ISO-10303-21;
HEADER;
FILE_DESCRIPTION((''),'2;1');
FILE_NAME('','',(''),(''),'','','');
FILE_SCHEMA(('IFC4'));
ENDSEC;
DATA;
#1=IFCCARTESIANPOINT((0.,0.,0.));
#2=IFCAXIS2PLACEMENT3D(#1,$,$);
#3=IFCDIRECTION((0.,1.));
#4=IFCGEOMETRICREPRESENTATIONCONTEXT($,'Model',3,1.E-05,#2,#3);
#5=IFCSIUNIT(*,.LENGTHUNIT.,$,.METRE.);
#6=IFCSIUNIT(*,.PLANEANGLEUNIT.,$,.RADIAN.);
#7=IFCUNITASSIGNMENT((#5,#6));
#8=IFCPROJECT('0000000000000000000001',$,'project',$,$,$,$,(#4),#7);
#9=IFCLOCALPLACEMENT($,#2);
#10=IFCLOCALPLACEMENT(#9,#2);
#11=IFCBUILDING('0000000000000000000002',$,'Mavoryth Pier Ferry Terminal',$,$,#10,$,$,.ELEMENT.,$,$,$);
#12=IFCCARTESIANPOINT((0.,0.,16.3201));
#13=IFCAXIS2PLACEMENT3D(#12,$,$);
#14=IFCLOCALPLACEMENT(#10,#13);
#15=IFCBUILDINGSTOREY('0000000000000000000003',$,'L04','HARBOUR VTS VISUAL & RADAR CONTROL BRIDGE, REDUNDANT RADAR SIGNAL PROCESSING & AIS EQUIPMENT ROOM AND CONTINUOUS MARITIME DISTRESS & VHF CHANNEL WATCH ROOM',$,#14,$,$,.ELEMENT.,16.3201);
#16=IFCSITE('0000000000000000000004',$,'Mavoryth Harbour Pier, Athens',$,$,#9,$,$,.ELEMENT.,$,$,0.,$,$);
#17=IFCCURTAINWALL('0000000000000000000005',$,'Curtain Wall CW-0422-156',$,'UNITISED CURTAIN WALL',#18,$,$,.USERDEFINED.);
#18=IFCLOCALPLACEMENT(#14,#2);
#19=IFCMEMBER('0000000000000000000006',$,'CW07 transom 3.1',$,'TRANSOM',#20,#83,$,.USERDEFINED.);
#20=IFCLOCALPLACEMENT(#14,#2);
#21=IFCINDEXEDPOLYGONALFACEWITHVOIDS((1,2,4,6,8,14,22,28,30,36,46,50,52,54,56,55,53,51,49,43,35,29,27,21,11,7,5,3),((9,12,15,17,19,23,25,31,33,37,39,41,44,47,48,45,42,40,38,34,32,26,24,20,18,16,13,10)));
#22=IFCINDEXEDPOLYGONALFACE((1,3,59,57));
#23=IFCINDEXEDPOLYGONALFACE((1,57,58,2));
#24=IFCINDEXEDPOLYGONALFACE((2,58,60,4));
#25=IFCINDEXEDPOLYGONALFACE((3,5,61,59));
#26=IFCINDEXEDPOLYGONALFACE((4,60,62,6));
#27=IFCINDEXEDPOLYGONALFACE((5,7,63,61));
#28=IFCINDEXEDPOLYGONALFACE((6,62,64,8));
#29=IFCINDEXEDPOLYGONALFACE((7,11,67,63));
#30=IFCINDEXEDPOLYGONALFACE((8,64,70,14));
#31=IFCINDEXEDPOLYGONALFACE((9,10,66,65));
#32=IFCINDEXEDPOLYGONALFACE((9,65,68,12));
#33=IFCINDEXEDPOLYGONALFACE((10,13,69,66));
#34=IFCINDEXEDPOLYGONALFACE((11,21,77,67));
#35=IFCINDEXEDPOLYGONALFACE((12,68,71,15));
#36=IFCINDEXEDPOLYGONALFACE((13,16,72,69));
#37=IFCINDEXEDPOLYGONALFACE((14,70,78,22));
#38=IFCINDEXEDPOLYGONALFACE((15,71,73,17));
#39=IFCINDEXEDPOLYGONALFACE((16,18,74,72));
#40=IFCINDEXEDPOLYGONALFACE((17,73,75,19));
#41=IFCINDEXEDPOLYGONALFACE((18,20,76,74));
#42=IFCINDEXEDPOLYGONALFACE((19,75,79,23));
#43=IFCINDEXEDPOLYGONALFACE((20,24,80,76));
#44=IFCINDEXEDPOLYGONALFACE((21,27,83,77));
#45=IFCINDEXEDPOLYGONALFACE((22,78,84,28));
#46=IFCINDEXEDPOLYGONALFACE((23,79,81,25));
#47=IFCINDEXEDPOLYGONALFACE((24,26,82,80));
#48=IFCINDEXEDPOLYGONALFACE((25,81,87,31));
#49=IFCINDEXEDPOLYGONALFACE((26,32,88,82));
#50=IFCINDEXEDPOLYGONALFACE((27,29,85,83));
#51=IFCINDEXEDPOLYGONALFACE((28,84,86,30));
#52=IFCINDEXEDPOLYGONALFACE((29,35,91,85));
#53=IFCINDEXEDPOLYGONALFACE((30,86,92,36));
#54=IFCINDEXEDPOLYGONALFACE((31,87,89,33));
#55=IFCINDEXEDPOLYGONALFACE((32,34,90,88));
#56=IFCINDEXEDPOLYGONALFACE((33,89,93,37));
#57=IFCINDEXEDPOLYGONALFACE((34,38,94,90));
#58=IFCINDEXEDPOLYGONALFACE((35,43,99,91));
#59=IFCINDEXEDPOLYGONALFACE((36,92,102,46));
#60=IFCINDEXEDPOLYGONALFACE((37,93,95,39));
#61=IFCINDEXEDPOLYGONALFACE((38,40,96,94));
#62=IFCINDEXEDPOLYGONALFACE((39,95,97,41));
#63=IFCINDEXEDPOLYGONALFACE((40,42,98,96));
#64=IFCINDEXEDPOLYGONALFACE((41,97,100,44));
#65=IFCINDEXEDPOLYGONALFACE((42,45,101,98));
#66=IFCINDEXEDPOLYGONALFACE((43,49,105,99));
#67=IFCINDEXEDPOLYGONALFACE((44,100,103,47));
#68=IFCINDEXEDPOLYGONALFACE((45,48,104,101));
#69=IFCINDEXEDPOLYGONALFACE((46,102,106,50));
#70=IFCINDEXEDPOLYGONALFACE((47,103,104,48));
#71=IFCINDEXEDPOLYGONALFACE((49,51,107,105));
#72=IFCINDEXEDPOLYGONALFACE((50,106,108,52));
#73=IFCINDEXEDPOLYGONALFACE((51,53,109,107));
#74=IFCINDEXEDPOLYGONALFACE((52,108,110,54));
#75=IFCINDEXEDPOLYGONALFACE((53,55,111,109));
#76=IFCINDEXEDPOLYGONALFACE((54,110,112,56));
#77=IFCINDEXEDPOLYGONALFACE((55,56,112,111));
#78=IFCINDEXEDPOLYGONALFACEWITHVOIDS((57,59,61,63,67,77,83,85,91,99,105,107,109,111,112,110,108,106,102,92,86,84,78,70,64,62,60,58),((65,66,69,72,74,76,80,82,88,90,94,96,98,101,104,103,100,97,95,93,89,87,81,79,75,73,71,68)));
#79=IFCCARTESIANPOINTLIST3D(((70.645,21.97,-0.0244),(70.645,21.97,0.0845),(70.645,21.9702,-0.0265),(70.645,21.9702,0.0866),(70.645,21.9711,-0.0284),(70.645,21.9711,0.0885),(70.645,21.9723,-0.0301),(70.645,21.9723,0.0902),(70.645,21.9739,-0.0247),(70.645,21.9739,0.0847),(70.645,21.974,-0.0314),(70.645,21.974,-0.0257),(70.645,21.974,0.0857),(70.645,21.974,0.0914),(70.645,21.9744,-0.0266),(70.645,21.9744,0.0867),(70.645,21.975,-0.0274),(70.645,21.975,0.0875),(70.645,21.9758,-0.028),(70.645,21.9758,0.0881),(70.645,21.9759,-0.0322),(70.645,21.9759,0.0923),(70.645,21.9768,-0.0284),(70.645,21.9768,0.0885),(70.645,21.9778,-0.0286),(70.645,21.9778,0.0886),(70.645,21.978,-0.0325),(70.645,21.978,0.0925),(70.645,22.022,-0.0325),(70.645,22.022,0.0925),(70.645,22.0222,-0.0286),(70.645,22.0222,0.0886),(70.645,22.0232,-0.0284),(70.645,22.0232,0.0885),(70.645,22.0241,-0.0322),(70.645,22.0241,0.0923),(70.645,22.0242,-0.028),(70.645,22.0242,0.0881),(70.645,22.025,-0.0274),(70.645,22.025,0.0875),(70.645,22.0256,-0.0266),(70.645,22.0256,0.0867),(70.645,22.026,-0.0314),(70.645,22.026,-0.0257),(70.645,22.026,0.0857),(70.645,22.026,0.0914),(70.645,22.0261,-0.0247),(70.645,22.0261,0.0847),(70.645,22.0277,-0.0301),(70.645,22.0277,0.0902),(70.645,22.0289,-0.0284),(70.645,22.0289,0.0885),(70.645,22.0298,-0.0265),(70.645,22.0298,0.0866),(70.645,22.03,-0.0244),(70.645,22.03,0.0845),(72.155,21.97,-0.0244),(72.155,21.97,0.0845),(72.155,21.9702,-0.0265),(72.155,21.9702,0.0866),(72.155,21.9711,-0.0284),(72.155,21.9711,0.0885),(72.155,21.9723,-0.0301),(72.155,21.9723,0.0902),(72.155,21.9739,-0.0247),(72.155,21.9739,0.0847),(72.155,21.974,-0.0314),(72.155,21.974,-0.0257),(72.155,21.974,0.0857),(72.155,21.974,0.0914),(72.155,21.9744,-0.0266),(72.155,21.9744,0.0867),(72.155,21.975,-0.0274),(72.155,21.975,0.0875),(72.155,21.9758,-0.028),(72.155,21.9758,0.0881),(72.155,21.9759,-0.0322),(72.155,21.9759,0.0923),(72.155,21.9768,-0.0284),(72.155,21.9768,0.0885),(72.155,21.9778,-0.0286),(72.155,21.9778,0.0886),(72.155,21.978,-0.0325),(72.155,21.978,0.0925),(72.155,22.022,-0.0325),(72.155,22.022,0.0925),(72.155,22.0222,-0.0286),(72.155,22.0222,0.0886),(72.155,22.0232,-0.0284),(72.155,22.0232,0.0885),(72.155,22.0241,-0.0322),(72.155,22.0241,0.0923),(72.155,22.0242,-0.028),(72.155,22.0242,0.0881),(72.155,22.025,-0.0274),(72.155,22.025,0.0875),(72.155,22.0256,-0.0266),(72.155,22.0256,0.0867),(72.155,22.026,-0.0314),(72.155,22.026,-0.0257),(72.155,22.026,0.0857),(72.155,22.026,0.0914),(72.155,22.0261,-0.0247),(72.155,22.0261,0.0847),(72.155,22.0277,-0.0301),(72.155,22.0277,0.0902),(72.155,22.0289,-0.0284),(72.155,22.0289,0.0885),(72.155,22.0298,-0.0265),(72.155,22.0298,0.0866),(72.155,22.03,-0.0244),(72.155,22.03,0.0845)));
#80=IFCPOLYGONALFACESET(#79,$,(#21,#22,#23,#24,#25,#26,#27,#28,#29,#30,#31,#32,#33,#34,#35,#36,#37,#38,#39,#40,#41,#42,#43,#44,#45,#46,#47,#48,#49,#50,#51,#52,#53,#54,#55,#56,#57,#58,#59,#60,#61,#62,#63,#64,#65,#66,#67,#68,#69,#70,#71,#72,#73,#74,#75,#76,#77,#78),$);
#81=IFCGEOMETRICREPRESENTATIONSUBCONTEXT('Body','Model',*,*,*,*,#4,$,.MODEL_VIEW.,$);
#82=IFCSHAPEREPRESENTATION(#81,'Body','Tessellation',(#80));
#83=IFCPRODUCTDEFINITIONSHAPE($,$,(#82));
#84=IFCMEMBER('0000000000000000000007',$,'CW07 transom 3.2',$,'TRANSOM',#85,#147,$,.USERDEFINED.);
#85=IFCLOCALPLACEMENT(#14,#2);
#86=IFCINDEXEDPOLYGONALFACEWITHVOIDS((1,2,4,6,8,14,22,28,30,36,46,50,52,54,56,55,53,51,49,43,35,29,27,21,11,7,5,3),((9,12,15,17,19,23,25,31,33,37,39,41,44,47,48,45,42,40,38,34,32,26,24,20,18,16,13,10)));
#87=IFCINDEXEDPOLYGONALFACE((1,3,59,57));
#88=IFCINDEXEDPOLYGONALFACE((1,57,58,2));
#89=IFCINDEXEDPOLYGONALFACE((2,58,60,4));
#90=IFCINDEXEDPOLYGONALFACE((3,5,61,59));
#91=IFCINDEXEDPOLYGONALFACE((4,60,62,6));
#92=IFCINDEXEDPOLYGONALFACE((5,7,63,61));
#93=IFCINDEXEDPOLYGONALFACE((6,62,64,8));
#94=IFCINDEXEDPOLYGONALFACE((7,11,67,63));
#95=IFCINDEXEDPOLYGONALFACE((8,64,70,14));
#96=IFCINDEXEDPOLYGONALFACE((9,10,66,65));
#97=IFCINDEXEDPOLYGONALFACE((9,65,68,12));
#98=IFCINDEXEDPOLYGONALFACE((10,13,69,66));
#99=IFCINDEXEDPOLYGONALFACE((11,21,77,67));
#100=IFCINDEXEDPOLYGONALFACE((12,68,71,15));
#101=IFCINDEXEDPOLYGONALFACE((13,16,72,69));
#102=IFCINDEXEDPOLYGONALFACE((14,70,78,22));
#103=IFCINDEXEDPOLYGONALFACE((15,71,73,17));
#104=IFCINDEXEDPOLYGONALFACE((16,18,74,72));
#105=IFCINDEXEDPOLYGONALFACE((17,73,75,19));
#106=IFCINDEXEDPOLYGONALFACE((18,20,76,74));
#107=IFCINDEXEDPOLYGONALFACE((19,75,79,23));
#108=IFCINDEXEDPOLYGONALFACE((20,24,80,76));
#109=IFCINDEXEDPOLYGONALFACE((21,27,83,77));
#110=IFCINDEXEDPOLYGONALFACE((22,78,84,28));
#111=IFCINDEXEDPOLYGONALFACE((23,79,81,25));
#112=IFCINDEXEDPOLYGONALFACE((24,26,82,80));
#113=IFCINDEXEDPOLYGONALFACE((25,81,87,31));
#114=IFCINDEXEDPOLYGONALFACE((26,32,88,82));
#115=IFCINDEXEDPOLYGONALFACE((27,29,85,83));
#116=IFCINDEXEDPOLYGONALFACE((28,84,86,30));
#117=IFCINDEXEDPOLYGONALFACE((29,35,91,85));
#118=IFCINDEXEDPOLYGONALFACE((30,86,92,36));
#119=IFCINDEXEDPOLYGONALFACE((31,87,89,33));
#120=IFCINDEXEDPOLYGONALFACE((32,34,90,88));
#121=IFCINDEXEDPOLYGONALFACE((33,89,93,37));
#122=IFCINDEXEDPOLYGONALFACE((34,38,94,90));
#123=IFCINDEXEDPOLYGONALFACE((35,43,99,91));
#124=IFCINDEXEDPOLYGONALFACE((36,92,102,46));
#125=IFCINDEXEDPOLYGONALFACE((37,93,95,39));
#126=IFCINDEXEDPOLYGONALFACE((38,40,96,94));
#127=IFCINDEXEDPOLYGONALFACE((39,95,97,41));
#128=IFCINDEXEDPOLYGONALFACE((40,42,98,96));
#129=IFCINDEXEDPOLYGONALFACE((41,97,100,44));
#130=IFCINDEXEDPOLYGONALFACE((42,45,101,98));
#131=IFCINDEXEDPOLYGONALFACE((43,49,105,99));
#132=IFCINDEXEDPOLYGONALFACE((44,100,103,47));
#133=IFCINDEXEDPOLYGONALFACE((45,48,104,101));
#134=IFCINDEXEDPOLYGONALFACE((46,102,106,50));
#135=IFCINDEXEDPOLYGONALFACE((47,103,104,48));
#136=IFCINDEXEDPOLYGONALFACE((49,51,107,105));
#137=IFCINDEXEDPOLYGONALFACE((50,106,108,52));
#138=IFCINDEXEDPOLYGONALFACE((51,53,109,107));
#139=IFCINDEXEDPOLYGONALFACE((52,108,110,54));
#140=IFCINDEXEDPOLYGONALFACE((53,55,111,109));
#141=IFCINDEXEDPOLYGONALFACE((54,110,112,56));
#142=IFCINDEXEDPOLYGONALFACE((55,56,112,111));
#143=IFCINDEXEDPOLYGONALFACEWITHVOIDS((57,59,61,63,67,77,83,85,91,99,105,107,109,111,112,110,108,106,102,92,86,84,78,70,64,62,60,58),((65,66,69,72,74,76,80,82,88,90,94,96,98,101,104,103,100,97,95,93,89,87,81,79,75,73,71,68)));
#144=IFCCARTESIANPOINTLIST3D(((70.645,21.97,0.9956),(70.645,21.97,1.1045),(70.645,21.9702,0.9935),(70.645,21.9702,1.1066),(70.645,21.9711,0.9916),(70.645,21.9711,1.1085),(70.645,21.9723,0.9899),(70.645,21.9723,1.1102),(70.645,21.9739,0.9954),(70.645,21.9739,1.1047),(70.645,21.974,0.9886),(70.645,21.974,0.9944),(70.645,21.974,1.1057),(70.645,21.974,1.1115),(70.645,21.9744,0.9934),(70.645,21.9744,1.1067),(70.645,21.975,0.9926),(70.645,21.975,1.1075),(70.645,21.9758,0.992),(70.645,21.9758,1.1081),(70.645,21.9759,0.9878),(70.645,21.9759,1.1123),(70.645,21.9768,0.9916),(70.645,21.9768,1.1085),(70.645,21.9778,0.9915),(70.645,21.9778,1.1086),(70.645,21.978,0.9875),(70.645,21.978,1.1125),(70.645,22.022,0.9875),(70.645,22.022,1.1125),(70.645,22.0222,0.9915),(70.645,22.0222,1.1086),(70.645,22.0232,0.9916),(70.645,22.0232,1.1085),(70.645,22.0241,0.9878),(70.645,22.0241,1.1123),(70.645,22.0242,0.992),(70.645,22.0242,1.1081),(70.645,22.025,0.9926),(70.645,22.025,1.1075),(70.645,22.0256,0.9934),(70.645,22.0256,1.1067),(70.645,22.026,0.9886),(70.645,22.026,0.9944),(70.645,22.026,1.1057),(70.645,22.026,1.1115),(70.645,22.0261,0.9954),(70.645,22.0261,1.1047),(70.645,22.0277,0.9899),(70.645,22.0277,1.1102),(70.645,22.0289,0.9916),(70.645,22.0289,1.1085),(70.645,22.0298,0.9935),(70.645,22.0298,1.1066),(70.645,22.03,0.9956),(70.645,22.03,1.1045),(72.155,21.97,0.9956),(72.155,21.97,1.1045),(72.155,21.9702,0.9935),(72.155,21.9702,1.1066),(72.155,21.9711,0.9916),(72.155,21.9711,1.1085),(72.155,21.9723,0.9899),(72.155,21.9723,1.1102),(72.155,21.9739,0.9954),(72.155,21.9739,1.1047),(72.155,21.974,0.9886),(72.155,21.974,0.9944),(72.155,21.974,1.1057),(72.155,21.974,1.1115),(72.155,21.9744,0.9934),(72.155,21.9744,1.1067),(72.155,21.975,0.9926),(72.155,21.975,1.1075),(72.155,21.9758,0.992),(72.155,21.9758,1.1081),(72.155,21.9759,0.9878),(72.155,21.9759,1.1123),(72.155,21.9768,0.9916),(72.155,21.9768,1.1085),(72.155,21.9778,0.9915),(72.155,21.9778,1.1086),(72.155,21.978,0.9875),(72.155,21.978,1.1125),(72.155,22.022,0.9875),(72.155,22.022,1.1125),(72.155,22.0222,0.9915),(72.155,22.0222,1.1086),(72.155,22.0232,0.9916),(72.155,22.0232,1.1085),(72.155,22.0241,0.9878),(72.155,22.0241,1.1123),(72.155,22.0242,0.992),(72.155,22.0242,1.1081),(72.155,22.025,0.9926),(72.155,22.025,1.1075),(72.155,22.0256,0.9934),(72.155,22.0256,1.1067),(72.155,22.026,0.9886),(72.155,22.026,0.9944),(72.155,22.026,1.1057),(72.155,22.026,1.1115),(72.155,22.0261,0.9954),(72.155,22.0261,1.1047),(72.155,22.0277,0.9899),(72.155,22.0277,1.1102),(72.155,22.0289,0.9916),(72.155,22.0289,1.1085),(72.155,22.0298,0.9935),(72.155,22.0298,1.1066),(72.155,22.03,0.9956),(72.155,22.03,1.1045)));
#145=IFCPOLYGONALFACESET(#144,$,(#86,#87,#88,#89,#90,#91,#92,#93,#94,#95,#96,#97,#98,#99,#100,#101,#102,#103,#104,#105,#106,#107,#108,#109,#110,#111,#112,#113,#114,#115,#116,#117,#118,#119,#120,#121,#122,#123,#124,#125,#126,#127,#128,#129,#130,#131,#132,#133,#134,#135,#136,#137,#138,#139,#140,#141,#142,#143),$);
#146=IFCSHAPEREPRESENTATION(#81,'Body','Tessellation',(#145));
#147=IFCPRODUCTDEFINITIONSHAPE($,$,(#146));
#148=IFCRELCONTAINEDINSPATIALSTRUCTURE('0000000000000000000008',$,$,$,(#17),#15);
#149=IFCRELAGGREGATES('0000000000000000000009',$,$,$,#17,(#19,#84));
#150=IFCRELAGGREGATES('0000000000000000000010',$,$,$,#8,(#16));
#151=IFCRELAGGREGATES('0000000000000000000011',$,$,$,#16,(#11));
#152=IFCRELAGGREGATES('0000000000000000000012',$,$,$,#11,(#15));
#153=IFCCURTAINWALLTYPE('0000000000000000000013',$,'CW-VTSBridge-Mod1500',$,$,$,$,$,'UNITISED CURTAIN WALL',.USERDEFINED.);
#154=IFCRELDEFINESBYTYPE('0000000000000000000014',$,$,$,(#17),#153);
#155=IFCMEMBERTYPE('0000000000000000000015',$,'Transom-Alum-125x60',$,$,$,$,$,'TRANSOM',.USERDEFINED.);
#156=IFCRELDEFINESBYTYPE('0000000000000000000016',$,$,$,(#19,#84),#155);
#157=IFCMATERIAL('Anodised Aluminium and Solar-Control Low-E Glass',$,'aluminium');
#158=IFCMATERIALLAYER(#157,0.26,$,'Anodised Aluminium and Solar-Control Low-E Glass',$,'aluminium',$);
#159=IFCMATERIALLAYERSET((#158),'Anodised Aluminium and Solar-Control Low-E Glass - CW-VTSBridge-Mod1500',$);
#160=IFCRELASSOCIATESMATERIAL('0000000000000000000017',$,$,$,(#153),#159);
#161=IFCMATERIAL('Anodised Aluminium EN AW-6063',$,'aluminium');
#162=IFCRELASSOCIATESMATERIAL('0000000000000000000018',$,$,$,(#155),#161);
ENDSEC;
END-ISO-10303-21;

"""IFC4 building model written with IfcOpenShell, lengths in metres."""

from ifc_helpers import new_model, si_unit, direction, frame, origin, origin_2d, place, context, subcontext, project, spatial, hollow_rectangle, extrude, material, layer, layer_set, material_profile, profile_set, type_object, element, aggregate, save


model = new_model("IFC4")

# Units and contexts
model_context = context("Model", 3, precision=1e-05, world=origin(), true_north=direction((0.0, 1.0)))
body_context = subcontext(model_context, "Body", "Model", "MODEL_VIEW")
ifc_project = project(units=[si_unit("LENGTHUNIT", "METRE"), si_unit("PLANEANGLEUNIT", "RADIAN")], contexts=[model_context])

# Site, building, storey
site_placement = place(None, origin())
site = spatial("IfcSite", under=ifc_project, at=site_placement, Name="Mavoryth Harbour Pier, Athens", CompositionType="ELEMENT", RefElevation=0.0)
building_placement = place(site_placement, origin())
building = spatial("IfcBuilding", under=site, at=building_placement, Name="Mavoryth Pier Ferry Terminal", CompositionType="ELEMENT")
storey_placement = place(building_placement, frame((0.0, 0.0, 16.3201)))
storey = spatial("IfcBuildingStorey", under=building, at=storey_placement, Name="L04", Description="HARBOUR VTS VISUAL & RADAR CONTROL BRIDGE, REDUNDANT RADAR SIGNAL PROCESSING & AIS EQUIPMENT ROOM AND CONTINUOUS MARITIME DISTRESS & VHF CHANNEL WATCH ROOM", CompositionType="ELEMENT", Elevation=16.3201)

# Curtain wall, members
ifc_material_1 = material(Name="Anodised Aluminium and Solar-Control Low-E Glass", Category="aluminium")
ifc_layer_1 = layer(ifc_material_1, 0.26, Name="Anodised Aluminium and Solar-Control Low-E Glass", Category="aluminium")
ifc_layer_set_1 = layer_set([ifc_layer_1], Name="Anodised Aluminium and Solar-Control Low-E Glass - CW-VTSBridge-Mod1500")
curtain_wall_type = type_object("IfcCurtainWallType", Name="CW-VTSBridge-Mod1500", ElementType="UNITISED CURTAIN WALL", PredefinedType="USERDEFINED", material=ifc_layer_set_1)
curtain_wall_placement = place(storey_placement, origin())
curtain_wall = element("IfcCurtainWall", 1, at=curtain_wall_placement, inside=storey, type_object=curtain_wall_type, Name="Curtain Wall CW-0422-156", ObjectType="UNITISED CURTAIN WALL", PredefinedType="USERDEFINED")
ifc_material_2 = material(Name="Anodised Aluminium EN AW-6063", Category="aluminium")
ifc_material_profile_1 = material_profile(ifc_material_2, hollow_rectangle(XDim=0.0601, YDim=0.125, WallThickness=0.0039, InnerFilletRadius=0.0039, OuterFilletRadius=0.0081, at=origin_2d()), Name="AL-TRAN 125x60x4", Category="aluminium")
ifc_profile_set_1 = profile_set([ifc_material_profile_1], Name="Anodised Aluminium EN AW-6063 - AL-TRAN 125x60x4")
member_type_1 = type_object("IfcMemberType", Name="Transom-Alum-125x60", ElementType="TRANSOM", PredefinedType="USERDEFINED", material=ifc_profile_set_1)
member_1_placement = place(storey_placement, frame((72.155, 22.0, 0.03), z_axis=(-1.0, 0.0, 0.0), x_axis=(0.0, -1.0, 0.0)))
member_1 = element("IfcMember", 2, at=member_1_placement, type_object=member_type_1, Name="CW07 transom 3.1", ObjectType="TRANSOM", PredefinedType="USERDEFINED", context=body_context, shape_type="SweptSolid", body=[
    extrude(hollow_rectangle(XDim=0.0601, YDim=0.125, WallThickness=0.0039, InnerFilletRadius=0.0039, OuterFilletRadius=0.0081, at=origin_2d()), origin(), (0.0, 0.0, 1.0), 1.51),
])
member_2_placement = place(storey_placement, frame((72.155, 22.0, 1.05), z_axis=(-1.0, 0.0, 0.0), x_axis=(0.0, -1.0, 0.0)))
member_2 = element("IfcMember", 3, at=member_2_placement, type_object=member_type_1, Name="CW07 transom 3.2", ObjectType="TRANSOM", PredefinedType="USERDEFINED", context=body_context, shape_type="SweptSolid", body=[
    extrude(hollow_rectangle(XDim=0.0601, YDim=0.125, WallThickness=0.0039, InnerFilletRadius=0.0039, OuterFilletRadius=0.0081, at=origin_2d()), origin(), (0.0, 0.0, 1.0), 1.51),
])
aggregate(curtain_wall, [member_1, member_2])

save(model, "model.ifc")
